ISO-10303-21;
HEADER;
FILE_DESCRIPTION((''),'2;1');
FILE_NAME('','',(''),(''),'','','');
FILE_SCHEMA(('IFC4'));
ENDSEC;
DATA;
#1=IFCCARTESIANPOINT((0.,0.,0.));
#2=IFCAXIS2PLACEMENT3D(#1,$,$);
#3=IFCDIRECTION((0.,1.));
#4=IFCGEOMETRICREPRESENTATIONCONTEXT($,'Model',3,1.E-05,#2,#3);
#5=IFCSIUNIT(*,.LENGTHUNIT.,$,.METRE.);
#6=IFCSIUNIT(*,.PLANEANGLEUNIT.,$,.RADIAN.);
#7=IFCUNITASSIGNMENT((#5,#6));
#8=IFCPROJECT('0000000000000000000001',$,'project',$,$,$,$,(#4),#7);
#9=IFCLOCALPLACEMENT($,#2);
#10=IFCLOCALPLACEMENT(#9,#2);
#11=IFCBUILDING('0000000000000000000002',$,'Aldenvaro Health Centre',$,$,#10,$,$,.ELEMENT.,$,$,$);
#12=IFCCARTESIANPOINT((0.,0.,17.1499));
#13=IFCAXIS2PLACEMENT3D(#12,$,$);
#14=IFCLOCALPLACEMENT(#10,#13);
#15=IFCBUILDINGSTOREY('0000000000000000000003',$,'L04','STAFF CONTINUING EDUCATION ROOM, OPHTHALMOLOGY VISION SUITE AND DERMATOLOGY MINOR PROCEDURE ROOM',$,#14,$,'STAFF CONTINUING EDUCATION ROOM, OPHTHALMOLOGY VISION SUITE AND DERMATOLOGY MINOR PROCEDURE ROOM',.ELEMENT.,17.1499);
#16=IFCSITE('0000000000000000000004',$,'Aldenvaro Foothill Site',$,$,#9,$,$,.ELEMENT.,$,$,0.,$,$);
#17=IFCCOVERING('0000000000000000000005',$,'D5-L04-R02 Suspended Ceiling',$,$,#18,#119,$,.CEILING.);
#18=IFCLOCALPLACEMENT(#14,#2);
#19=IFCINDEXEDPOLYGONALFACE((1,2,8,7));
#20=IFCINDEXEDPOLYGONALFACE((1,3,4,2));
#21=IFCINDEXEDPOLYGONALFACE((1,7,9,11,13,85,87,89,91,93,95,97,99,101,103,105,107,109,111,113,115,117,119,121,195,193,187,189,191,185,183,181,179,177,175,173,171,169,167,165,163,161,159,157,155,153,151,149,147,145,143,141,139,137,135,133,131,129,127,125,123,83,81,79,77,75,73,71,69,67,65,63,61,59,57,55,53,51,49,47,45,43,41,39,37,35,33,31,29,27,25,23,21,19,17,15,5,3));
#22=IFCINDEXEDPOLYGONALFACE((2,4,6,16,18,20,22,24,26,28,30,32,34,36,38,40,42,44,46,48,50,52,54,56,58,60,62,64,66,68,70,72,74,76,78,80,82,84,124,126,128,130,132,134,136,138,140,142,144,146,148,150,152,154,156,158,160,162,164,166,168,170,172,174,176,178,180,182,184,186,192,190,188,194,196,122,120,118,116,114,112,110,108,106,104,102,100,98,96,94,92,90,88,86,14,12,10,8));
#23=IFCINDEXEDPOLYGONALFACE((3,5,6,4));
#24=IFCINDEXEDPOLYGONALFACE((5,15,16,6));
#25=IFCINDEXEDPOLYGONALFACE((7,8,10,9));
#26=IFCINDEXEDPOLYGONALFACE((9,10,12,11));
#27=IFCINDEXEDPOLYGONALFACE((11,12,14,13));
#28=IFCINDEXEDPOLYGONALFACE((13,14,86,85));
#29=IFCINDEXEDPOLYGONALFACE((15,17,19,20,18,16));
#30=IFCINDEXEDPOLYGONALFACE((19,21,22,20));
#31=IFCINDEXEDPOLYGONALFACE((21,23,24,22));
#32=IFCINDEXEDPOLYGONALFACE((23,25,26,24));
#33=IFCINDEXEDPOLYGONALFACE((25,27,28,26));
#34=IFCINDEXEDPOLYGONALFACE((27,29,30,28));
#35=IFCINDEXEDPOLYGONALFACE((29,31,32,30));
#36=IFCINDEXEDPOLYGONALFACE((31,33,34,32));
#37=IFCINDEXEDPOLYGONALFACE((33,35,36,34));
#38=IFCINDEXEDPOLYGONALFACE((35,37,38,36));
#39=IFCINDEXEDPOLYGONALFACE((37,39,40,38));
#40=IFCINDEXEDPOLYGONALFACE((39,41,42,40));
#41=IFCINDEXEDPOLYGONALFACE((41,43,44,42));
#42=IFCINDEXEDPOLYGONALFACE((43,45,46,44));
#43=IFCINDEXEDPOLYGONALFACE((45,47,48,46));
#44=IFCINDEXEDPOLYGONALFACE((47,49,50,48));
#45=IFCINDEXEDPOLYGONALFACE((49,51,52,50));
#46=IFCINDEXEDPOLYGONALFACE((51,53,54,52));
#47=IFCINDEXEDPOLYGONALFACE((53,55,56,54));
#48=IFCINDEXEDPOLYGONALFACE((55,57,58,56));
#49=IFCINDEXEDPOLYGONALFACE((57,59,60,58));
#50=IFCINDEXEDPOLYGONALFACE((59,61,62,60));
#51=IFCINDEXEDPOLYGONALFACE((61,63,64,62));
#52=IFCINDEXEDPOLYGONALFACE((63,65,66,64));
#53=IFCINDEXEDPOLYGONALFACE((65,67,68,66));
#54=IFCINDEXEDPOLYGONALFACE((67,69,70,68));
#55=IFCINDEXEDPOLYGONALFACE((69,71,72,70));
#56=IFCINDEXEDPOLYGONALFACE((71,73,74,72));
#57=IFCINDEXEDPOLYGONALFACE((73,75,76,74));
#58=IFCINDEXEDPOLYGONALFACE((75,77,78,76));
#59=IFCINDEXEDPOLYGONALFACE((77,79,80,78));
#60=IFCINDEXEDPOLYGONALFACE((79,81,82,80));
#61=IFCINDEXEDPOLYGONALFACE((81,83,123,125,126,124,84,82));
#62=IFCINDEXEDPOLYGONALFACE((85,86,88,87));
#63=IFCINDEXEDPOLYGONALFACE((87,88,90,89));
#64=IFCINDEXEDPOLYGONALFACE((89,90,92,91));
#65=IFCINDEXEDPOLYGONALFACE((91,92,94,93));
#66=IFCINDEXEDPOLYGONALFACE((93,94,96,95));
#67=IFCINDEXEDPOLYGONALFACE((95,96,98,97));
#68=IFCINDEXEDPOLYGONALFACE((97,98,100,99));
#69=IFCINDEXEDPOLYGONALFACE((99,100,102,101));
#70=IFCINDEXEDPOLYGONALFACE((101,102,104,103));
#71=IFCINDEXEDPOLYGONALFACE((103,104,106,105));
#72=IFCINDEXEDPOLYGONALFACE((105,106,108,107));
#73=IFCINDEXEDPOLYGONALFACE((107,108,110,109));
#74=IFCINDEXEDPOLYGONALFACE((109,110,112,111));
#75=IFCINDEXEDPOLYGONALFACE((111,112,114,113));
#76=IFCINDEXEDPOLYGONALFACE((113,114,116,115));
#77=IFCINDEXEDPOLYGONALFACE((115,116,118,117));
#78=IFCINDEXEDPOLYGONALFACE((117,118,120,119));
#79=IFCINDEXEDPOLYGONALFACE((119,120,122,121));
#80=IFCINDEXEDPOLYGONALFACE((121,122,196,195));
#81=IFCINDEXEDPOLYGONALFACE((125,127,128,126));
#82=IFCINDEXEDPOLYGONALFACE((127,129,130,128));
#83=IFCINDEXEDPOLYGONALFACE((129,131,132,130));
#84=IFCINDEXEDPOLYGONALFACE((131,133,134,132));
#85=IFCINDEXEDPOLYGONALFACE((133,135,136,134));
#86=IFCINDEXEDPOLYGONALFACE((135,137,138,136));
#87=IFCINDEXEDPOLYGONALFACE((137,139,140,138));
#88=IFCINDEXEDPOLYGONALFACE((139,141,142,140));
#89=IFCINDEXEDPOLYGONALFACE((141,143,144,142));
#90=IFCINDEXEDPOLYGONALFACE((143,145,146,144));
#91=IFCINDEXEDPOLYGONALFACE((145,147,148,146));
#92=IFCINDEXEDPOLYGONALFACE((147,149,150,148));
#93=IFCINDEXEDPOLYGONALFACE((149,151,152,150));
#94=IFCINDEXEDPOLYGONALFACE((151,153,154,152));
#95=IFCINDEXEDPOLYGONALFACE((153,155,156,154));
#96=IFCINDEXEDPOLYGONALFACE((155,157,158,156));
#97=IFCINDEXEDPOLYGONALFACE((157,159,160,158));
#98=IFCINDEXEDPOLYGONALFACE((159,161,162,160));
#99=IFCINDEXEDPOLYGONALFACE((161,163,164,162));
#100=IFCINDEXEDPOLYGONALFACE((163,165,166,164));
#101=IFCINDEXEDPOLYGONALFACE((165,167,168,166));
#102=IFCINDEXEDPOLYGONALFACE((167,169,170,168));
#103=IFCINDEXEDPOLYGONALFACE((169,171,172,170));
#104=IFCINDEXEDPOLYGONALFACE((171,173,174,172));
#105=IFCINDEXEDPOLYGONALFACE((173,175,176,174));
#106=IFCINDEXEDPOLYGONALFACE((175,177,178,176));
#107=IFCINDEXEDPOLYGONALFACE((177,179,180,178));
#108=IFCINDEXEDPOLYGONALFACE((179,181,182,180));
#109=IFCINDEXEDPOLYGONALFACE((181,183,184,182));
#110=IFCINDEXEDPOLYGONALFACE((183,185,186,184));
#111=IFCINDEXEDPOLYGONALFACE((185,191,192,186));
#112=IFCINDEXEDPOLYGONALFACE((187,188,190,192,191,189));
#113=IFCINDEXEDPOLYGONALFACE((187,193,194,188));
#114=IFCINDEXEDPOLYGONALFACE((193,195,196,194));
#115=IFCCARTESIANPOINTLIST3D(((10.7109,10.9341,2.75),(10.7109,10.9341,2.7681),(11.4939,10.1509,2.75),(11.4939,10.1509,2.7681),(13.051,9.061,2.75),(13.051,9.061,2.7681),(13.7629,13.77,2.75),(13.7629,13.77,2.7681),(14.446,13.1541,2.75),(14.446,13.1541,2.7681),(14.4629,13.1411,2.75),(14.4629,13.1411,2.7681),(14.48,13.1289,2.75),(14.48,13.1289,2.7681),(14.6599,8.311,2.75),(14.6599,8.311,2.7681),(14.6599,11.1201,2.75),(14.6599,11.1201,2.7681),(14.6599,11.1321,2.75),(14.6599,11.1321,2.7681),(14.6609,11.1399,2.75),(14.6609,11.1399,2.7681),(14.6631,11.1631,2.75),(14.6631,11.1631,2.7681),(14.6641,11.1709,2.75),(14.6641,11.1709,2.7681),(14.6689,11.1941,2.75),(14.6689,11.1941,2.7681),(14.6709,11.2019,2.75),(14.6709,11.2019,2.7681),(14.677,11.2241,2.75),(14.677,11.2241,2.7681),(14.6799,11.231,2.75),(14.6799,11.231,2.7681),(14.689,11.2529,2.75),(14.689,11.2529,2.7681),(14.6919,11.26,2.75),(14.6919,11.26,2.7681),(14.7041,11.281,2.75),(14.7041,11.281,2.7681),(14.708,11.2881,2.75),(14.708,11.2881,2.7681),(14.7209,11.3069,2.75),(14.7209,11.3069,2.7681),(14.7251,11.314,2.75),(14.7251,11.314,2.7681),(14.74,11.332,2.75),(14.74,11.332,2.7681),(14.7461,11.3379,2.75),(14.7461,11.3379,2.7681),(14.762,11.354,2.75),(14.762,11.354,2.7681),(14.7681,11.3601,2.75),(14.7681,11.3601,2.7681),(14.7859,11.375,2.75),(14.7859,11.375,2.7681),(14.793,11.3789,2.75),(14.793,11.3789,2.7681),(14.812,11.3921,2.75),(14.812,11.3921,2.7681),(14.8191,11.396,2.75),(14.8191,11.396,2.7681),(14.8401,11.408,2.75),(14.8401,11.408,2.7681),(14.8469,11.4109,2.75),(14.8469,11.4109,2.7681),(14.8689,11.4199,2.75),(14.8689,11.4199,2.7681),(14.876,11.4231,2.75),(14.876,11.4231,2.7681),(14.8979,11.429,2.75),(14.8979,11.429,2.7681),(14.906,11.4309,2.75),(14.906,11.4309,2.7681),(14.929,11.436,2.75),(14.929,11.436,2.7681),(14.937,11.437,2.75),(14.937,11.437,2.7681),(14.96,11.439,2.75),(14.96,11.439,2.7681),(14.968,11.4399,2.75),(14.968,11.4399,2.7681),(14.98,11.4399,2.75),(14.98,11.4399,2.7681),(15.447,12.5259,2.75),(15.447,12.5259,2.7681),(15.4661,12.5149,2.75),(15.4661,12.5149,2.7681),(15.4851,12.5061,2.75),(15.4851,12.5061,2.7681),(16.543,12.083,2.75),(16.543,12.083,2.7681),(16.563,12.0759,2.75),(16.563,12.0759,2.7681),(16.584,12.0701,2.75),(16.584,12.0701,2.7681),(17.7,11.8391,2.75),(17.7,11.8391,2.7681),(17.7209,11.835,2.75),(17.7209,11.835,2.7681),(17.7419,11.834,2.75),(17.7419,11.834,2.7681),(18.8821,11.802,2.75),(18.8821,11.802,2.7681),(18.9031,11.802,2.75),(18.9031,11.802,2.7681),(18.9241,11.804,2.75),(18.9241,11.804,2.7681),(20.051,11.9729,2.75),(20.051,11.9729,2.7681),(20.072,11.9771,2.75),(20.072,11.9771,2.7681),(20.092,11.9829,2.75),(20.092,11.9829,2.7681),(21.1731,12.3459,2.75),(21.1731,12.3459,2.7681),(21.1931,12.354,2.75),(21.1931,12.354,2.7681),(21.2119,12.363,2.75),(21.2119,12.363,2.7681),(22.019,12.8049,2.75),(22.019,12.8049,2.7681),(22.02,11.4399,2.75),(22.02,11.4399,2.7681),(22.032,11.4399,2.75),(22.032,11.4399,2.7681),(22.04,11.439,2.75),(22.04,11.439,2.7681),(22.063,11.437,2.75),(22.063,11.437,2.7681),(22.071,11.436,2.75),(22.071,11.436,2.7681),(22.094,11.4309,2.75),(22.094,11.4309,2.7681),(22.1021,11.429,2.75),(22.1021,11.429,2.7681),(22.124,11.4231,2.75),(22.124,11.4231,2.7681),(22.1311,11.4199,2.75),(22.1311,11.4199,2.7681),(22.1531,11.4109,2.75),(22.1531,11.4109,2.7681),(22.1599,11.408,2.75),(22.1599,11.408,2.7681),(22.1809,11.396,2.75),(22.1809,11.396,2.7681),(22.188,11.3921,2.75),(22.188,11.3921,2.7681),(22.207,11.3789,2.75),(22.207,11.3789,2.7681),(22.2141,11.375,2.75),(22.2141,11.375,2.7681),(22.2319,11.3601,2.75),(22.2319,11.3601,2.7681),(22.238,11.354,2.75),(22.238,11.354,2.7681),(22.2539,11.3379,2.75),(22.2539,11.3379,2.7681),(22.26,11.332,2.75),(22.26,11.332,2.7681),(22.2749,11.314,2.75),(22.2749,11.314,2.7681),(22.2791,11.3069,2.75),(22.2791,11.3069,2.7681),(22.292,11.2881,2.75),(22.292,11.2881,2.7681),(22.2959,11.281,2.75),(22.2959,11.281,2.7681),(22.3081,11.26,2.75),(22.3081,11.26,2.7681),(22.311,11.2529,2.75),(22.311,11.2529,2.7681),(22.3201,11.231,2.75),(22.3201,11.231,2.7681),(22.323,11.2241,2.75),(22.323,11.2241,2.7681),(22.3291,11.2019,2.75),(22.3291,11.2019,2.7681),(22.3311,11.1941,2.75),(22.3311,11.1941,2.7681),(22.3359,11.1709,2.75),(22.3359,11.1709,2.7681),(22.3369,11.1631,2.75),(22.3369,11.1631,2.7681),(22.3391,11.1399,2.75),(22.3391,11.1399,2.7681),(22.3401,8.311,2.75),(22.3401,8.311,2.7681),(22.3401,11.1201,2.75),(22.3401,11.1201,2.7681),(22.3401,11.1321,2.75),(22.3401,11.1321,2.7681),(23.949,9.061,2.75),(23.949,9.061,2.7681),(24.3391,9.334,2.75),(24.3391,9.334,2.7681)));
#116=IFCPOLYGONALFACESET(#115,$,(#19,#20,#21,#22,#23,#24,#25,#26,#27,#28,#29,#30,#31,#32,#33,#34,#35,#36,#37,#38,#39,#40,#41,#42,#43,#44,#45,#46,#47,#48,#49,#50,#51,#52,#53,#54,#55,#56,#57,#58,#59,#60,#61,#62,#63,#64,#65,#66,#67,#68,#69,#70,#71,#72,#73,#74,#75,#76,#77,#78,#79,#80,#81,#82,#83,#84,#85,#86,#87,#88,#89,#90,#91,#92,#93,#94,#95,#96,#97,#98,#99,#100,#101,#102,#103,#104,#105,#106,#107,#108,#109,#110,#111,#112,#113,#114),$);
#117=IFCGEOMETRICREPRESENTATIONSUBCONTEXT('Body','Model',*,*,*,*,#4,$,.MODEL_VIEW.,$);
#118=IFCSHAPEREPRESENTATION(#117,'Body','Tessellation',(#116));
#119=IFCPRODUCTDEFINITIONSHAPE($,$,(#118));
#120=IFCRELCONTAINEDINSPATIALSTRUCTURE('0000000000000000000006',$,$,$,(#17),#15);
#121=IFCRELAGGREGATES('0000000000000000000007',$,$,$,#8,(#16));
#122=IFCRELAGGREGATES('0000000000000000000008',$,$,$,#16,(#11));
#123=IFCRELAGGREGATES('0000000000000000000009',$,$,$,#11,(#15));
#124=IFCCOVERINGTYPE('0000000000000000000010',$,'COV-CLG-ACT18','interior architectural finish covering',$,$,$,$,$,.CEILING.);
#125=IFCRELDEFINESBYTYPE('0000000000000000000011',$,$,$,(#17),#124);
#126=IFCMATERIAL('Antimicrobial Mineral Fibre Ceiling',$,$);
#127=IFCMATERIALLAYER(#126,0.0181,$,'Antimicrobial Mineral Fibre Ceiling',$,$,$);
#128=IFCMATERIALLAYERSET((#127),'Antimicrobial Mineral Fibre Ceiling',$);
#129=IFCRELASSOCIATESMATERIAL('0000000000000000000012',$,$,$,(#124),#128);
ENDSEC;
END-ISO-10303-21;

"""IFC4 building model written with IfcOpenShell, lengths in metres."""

from ifc_helpers import new_model, si_unit, direction, frame, origin, place, context, subcontext, project, spatial, polyline, outline, extrude, material, layer, layer_set, type_object, element, save


model = new_model("IFC4")

# Units and contexts
model_context = context("Model", 3, precision=1e-05, world=origin(), true_north=direction((0.0, 1.0)))
body_context = subcontext(model_context, "Body", "Model", "MODEL_VIEW")
ifc_project = project(units=[si_unit("LENGTHUNIT", "METRE"), si_unit("PLANEANGLEUNIT", "RADIAN")], contexts=[model_context])

# Site, building, storey
site_placement = place(None, origin())
site = spatial("IfcSite", under=ifc_project, at=site_placement, Name="Aldenvaro Foothill Site", CompositionType="ELEMENT", RefElevation=0.0)
building_placement = place(site_placement, origin())
building = spatial("IfcBuilding", under=site, at=building_placement, Name="Aldenvaro Health Centre", CompositionType="ELEMENT")
storey_placement = place(building_placement, frame((0.0, 0.0, 17.1499)))
storey = spatial("IfcBuildingStorey", under=building, at=storey_placement, Name="L04", Description="STAFF CONTINUING EDUCATION ROOM, OPHTHALMOLOGY VISION SUITE AND DERMATOLOGY MINOR PROCEDURE ROOM", LongName="STAFF CONTINUING EDUCATION ROOM, OPHTHALMOLOGY VISION SUITE AND DERMATOLOGY MINOR PROCEDURE ROOM", CompositionType="ELEMENT", Elevation=17.1499)

# Covering
ifc_material_1 = material(Name="Antimicrobial Mineral Fibre Ceiling")
ifc_layer_1 = layer(ifc_material_1, 0.0181, Name="Antimicrobial Mineral Fibre Ceiling")
ifc_layer_set_1 = layer_set([ifc_layer_1], Name="Antimicrobial Mineral Fibre Ceiling")
covering_type_1 = type_object("IfcCoveringType", Name="COV-CLG-ACT18", Description="interior architectural finish covering", PredefinedType="CEILING", material=ifc_layer_set_1)
covering_1_placement = place(storey_placement, frame((0.0, 0.0, 2.75)))
element("IfcCovering", 1, at=covering_1_placement, inside=storey, type_object=covering_type_1, Name="D5-L04-R02 Suspended Ceiling", PredefinedType="CEILING", context=body_context, shape_type="SweptSolid", body=[
    extrude(outline(polyline([(14.446, 13.1541), (14.4629, 13.1411), (14.48, 13.1289), (15.447, 12.5259), (15.4661, 12.5149), (15.4851, 12.5061), (16.543, 12.083), (16.563, 12.0759), (16.584, 12.0701), (17.7, 11.8391), (17.7209, 11.835), (17.7419, 11.834), (18.8821, 11.802), (18.9031, 11.802), (18.9241, 11.804), (20.051, 11.9729), (20.072, 11.9771), (20.092, 11.9829), (21.1731, 12.3459), (21.1931, 12.354), (21.2119, 12.363), (22.019, 12.8049), (24.3391, 9.334), (23.949, 9.061), (22.3401, 8.311), (22.3401, 11.1201), (22.3401, 11.1321), (22.3391, 11.1399), (22.3369, 11.1631), (22.3359, 11.1709), (22.3311, 11.1941), (22.3291, 11.2019), (22.323, 11.2241), (22.3201, 11.231), (22.311, 11.2529), (22.3081, 11.26), (22.2959, 11.281), (22.292, 11.2881), (22.2791, 11.3069), (22.2749, 11.314), (22.26, 11.332), (22.2539, 11.3379), (22.238, 11.354), (22.2319, 11.3601), (22.2141, 11.375), (22.207, 11.3789), (22.188, 11.3921), (22.1809, 11.396), (22.1599, 11.408), (22.1531, 11.4109), (22.1311, 11.4199), (22.124, 11.4231), (22.1021, 11.429), (22.094, 11.4309), (22.071, 11.436), (22.063, 11.437), (22.04, 11.439), (22.032, 11.4399), (22.02, 11.4399), (14.98, 11.4399), (14.968, 11.4399), (14.96, 11.439), (14.937, 11.437), (14.929, 11.436), (14.906, 11.4309), (14.8979, 11.429), (14.876, 11.4231), (14.8689, 11.4199), (14.8469, 11.4109), (14.8401, 11.408), (14.8191, 11.396), (14.812, 11.3921), (14.793, 11.3789), (14.7859, 11.375), (14.7681, 11.3601), (14.762, 11.354), (14.7461, 11.3379), (14.74, 11.332), (14.7251, 11.314), (14.7209, 11.3069), (14.708, 11.2881), (14.7041, 11.281), (14.6919, 11.26), (14.689, 11.2529), (14.6799, 11.231), (14.677, 11.2241), (14.6709, 11.2019), (14.6689, 11.1941), (14.6641, 11.1709), (14.6631, 11.1631), (14.6609, 11.1399), (14.6599, 11.1321), (14.6599, 11.1201), (14.6599, 8.311), (13.051, 9.061), (11.4939, 10.1509), (10.7109, 10.9341), (13.7629, 13.77), (14.446, 13.1541)])), origin(), (0.0, 0.0, 1.0), 0.0181),
])

save(model, "model.ifc")
